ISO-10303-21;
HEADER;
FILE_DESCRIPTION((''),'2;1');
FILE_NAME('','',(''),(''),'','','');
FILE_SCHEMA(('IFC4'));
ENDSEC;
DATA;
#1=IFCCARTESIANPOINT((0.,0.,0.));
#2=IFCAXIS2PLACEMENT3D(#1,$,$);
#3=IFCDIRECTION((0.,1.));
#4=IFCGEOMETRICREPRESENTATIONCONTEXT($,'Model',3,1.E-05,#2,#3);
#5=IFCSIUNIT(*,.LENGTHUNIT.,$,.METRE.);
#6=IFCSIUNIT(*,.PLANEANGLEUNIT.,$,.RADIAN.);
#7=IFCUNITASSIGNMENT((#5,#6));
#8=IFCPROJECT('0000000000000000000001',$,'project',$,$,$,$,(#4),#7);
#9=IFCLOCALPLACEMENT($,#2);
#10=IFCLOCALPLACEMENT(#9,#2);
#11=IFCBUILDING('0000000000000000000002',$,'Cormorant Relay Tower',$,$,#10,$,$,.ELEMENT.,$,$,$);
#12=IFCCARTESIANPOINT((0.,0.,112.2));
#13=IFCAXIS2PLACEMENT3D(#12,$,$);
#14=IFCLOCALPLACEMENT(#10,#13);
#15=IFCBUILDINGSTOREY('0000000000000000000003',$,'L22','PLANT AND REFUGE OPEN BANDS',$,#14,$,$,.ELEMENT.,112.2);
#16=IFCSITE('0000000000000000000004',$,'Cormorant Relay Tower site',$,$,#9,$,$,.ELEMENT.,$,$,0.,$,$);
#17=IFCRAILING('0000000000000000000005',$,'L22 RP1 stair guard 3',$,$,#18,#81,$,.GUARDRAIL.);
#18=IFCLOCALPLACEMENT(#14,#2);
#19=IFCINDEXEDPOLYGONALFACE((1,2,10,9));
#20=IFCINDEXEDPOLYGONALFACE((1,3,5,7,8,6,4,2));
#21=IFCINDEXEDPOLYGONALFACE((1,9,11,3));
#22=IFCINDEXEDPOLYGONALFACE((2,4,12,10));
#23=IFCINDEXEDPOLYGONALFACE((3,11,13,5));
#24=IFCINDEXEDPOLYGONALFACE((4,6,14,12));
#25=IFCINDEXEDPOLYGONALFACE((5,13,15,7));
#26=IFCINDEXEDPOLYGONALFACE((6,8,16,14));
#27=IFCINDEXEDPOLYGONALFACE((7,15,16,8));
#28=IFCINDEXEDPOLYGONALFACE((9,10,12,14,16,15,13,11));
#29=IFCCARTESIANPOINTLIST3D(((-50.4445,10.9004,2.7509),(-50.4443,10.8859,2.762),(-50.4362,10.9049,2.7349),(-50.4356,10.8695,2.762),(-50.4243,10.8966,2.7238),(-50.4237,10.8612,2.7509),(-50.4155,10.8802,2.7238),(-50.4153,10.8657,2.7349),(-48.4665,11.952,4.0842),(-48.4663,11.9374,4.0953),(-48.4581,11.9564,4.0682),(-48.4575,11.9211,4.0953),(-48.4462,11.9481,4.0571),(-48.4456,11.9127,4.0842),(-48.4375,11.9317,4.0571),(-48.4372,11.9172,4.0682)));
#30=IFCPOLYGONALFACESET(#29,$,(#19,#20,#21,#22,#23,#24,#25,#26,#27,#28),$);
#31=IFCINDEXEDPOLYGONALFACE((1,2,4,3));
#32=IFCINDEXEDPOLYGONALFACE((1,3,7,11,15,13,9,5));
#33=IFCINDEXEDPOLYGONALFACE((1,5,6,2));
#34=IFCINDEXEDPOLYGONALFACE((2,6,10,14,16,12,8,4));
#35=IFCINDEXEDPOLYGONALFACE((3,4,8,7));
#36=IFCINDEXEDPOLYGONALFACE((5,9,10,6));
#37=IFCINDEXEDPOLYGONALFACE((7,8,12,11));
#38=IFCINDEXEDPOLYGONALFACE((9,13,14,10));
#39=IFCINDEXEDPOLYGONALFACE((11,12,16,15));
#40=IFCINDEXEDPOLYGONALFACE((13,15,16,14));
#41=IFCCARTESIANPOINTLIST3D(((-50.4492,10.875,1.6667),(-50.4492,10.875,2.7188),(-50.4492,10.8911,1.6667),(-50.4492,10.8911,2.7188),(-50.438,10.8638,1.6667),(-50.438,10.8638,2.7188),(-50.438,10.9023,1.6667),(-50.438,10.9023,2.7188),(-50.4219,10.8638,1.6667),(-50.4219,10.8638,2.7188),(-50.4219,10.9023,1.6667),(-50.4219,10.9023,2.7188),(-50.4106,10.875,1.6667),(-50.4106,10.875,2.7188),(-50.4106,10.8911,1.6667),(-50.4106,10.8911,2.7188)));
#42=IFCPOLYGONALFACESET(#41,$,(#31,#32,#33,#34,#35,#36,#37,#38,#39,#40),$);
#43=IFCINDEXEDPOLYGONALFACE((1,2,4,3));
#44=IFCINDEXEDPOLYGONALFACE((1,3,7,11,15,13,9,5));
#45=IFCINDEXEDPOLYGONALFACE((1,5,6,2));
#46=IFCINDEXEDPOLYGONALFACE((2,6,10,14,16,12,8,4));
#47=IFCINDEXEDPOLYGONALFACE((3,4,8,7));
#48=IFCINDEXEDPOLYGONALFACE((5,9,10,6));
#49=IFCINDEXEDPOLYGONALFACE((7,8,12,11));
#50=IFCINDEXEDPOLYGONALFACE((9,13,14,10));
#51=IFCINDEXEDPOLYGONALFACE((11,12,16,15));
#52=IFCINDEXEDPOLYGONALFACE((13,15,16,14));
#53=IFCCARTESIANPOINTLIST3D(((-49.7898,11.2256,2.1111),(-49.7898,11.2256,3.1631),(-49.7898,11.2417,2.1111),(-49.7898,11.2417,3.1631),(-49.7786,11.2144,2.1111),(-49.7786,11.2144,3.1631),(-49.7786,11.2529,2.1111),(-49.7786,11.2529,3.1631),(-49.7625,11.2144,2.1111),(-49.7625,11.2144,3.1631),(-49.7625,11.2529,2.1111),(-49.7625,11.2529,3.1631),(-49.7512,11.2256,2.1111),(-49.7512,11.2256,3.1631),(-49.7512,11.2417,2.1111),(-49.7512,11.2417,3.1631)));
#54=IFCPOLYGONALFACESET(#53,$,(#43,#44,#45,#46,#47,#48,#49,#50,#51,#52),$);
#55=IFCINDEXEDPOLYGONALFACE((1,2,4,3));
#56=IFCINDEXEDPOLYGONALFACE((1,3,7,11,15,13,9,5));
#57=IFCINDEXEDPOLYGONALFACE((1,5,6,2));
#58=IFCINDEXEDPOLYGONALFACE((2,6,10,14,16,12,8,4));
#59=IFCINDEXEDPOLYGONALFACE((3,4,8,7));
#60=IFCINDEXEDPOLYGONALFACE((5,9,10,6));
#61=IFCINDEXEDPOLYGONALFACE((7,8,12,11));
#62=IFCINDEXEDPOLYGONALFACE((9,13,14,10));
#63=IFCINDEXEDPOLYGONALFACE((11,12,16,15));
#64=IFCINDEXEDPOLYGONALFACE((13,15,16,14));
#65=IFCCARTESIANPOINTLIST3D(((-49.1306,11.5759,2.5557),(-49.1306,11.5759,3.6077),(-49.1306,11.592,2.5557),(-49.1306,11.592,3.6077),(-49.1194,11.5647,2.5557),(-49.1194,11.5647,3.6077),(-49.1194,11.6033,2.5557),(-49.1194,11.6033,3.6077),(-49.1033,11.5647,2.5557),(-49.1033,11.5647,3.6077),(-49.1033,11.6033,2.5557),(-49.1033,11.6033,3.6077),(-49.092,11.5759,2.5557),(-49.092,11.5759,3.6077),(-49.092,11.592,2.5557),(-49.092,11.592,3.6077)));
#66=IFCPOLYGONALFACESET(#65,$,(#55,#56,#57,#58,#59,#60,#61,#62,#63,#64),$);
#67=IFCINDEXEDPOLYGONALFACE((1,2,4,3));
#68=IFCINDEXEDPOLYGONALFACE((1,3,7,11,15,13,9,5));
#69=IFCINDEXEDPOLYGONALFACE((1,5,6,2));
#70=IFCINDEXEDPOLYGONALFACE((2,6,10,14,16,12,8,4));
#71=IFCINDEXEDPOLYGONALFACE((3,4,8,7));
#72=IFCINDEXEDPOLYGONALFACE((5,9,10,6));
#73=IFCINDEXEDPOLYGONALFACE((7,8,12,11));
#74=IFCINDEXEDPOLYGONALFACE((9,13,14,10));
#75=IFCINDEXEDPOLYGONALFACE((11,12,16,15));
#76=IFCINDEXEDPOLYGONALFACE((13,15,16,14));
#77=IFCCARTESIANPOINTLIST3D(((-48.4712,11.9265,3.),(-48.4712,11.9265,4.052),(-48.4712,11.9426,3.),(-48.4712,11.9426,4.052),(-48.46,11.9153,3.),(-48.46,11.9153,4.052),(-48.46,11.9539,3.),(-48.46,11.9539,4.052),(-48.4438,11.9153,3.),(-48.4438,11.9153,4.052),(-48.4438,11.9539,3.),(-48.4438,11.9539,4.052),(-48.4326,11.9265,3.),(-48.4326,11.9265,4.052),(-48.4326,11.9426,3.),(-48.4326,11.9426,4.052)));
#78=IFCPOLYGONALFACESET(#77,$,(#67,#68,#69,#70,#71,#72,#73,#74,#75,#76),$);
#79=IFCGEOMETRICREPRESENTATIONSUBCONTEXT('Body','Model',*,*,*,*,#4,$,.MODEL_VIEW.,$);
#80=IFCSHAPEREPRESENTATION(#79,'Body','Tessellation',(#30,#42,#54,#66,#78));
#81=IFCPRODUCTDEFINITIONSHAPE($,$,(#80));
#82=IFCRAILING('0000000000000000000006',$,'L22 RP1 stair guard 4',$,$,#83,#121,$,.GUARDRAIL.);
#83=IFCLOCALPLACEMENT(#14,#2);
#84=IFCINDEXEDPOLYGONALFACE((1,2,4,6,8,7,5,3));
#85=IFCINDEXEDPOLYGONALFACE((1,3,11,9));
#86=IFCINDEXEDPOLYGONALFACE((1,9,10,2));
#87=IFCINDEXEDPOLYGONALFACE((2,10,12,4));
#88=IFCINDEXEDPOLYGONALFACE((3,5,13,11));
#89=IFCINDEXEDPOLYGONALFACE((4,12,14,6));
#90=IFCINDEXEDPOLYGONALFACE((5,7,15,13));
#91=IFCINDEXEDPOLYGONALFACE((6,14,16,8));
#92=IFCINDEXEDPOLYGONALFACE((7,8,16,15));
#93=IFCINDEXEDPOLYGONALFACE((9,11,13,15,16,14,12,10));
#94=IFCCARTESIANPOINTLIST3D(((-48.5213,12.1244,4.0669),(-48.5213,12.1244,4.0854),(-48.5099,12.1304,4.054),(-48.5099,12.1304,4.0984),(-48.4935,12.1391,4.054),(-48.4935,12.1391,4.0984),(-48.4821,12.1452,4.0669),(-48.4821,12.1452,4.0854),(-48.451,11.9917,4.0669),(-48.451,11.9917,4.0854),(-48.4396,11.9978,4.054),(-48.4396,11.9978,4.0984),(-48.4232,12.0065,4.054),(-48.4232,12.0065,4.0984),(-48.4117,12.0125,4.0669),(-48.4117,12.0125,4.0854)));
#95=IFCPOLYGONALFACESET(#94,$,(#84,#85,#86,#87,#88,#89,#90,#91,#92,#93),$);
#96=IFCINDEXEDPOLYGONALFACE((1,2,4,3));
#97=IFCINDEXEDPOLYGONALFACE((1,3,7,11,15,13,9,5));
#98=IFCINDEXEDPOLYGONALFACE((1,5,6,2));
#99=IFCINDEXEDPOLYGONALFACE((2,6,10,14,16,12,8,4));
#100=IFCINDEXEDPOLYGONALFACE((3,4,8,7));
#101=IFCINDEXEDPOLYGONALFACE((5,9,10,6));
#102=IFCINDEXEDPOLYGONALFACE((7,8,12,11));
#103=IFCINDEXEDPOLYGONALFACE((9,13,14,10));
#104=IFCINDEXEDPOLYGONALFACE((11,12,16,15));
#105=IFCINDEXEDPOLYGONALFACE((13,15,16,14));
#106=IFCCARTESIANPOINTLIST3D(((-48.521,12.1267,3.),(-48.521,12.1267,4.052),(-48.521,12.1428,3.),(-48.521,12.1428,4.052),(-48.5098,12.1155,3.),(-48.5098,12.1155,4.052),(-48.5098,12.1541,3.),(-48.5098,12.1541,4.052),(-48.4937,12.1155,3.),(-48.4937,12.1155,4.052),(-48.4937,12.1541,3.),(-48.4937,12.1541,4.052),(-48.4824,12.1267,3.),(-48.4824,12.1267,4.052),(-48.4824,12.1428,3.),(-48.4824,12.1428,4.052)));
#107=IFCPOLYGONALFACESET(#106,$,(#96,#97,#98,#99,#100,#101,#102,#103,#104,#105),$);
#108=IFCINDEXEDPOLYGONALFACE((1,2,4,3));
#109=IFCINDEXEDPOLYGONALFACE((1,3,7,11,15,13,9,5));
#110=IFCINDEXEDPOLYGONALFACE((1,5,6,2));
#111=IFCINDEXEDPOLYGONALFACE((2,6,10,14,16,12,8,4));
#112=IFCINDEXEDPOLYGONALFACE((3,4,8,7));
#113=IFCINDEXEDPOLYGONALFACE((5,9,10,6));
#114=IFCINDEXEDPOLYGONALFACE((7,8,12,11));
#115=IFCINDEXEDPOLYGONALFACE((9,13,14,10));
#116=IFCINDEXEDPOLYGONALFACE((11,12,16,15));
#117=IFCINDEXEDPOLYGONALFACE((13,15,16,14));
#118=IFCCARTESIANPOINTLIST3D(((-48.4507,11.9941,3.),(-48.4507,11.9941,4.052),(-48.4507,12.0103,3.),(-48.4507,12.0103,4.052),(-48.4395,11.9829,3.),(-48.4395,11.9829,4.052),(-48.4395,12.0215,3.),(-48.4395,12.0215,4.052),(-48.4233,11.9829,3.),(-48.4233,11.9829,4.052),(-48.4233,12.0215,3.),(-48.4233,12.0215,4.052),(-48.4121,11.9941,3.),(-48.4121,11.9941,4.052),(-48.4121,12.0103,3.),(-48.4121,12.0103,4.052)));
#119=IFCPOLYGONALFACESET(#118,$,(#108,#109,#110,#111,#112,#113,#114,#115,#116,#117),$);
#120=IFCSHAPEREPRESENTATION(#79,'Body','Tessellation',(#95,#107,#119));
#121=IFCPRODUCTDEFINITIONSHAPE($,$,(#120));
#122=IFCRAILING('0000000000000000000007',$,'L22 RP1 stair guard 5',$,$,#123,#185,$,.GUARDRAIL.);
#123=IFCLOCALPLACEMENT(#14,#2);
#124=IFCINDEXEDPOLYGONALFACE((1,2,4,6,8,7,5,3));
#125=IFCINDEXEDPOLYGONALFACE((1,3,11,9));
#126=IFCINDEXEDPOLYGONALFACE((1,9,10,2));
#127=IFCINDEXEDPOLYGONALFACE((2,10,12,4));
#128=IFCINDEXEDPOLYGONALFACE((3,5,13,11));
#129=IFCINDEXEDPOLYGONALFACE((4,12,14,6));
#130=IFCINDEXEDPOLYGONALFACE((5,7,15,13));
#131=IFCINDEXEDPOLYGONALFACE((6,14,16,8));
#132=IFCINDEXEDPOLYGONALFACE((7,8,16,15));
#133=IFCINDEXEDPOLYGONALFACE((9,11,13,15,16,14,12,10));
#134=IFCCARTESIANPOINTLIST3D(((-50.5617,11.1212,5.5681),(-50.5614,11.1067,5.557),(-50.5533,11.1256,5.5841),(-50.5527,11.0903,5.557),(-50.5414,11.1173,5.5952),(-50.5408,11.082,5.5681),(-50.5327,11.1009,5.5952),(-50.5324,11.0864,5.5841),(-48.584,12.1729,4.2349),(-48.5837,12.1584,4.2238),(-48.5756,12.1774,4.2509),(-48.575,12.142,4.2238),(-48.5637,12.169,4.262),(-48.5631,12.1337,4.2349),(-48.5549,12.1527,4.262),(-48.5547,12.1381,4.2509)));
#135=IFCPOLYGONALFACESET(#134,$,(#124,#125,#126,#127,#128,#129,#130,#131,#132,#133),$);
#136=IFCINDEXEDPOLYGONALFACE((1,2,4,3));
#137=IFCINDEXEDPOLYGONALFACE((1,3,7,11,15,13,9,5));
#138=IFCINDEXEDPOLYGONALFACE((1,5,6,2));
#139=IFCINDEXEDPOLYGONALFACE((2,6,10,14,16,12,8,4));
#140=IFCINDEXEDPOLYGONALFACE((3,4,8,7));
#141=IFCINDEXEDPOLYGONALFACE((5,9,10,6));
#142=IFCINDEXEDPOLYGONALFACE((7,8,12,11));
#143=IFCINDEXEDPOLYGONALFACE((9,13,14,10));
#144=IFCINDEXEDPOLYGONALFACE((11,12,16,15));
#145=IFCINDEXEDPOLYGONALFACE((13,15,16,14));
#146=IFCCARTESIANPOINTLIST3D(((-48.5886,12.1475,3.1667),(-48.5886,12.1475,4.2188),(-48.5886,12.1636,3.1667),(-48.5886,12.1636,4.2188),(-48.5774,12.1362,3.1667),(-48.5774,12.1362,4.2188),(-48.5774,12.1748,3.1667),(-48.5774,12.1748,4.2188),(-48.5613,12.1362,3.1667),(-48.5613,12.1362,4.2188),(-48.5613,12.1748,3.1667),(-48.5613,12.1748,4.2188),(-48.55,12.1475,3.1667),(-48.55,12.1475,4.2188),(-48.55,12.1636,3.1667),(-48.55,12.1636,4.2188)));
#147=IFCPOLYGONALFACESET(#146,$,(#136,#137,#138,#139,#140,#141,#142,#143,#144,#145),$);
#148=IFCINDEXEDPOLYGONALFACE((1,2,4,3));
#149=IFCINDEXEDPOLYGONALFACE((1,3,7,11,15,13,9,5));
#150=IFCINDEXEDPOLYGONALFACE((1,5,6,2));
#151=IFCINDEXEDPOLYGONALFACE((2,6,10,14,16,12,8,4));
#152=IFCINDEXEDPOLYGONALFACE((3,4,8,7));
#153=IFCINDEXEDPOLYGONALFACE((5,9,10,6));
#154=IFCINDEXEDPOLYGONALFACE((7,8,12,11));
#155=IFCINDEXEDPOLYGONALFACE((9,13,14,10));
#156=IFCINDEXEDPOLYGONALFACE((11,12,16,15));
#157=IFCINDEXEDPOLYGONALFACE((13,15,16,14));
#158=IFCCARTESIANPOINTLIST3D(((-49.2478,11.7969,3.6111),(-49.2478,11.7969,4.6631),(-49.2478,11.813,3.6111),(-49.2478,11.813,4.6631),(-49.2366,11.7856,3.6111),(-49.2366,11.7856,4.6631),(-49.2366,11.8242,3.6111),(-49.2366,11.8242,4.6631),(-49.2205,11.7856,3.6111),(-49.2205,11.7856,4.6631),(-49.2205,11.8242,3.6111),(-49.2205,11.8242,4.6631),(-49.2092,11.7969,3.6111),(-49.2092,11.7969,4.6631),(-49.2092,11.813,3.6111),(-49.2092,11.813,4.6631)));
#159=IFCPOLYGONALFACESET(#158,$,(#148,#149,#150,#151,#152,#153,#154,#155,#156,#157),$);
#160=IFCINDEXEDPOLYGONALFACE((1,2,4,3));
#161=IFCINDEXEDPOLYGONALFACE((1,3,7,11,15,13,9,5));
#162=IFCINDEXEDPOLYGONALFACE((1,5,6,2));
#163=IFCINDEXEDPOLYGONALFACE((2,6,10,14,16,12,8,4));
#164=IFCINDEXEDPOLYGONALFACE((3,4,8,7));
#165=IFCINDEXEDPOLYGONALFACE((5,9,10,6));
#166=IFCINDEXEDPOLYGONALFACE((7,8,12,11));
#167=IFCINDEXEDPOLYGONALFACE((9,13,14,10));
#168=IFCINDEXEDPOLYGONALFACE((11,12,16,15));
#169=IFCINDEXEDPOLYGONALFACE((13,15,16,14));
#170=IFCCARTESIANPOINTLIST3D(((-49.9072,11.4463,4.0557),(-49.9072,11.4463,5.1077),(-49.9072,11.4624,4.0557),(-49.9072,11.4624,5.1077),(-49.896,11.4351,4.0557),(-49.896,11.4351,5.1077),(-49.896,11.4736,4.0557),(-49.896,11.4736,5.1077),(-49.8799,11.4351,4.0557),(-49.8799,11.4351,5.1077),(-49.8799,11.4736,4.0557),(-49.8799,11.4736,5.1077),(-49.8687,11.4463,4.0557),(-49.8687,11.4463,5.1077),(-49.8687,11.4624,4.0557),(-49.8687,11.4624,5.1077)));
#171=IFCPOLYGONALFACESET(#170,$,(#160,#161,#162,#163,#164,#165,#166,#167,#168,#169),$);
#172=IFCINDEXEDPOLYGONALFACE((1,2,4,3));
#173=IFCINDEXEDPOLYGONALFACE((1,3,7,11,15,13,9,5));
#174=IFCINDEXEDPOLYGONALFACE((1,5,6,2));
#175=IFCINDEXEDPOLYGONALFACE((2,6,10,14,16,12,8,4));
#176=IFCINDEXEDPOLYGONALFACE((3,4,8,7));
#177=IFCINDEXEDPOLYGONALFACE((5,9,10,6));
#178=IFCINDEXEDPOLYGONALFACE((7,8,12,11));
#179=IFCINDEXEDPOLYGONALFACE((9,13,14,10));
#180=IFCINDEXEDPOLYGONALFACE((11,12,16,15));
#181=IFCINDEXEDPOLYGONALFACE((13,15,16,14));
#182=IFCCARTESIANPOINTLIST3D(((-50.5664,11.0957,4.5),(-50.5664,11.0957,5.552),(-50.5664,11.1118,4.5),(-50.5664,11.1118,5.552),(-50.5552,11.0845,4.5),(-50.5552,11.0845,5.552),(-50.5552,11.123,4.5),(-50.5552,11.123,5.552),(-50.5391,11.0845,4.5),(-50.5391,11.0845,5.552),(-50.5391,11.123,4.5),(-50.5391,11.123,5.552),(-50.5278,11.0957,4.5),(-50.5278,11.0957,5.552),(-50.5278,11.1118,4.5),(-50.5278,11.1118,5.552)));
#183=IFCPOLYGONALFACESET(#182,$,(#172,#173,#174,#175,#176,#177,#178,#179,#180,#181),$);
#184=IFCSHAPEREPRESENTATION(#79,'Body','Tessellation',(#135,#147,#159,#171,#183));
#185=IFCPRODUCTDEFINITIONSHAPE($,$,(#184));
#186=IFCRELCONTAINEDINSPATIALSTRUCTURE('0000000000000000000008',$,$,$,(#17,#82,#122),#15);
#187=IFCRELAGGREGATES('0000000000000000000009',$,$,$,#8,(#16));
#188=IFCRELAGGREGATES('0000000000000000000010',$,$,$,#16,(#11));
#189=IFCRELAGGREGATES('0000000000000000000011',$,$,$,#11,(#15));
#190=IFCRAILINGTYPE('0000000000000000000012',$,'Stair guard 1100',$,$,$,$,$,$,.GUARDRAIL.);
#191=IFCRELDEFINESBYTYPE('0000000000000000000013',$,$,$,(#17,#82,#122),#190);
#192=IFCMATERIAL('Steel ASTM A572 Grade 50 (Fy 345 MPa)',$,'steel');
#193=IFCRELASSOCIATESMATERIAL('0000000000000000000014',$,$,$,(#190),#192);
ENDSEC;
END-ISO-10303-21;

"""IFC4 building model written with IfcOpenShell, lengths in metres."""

from ifc_helpers import new_model, si_unit, direction, frame, origin, place, context, subcontext, project, spatial, polyline, outline, extrude, material, type_object, element, save


model = new_model("IFC4")

# Units and contexts
model_context = context("Model", 3, precision=1e-05, world=origin(), true_north=direction((0.0, 1.0)))
body_context = subcontext(model_context, "Body", "Model", "MODEL_VIEW")
ifc_project = project(units=[si_unit("LENGTHUNIT", "METRE"), si_unit("PLANEANGLEUNIT", "RADIAN")], contexts=[model_context])

# Site, building, storey
site_placement = place(None, origin())
site = spatial("IfcSite", under=ifc_project, at=site_placement, Name="Cormorant Relay Tower site", CompositionType="ELEMENT", RefElevation=0.0)
building_placement = place(site_placement, origin())
building = spatial("IfcBuilding", under=site, at=building_placement, Name="Cormorant Relay Tower", CompositionType="ELEMENT")
storey_placement = place(building_placement, frame((0.0, 0.0, 112.2)))
storey = spatial("IfcBuildingStorey", under=building, at=storey_placement, Name="L22", Description="PLANT AND REFUGE OPEN BANDS", CompositionType="ELEMENT", Elevation=112.2)

# Railings
ifc_material_1 = material(Name="Steel ASTM A572 Grade 50 (Fy 345 MPa)", Category="steel")
railing_type_1 = type_object("IfcRailingType", Name="Stair guard 1100", PredefinedType="GUARDRAIL", material=ifc_material_1)
railing_1_placement = place(storey_placement, frame((-50.4299, 10.8831, 1.6667)))
element("IfcRailing", 1, at=railing_1_placement, inside=storey, type_object=railing_type_1, Name="L22 RP1 stair guard 3", PredefinedType="GUARDRAIL", context=body_context, shape_type="SweptSolid", body=[
    extrude(outline(polyline([(0.0222, 0.0093), (0.0093, 0.0222), (-0.0093, 0.0222), (-0.0222, 0.0093), (-0.0222, -0.0093), (-0.0093, -0.0222), (0.0093, -0.0222), (0.0222, -0.0093), (0.0222, 0.0093)])), frame((0.0, 0.0, 1.0762), z_axis=(0.758771, 0.403361, 0.511435), x_axis=(-0.469394, 0.882989, 0.0)), (0.0, 0.0, 1.0), 2.6069),
    extrude(outline(polyline([(0.0193, 0.0081), (0.0081, 0.0193), (-0.0081, 0.0193), (-0.0193, 0.0081), (-0.0193, -0.0081), (-0.0081, -0.0193), (0.0081, -0.0193), (0.0193, -0.0081), (0.0193, 0.0081)])), origin(), (0.0, 0.0, 1.0), 1.052),
    extrude(outline(polyline([(0.0193, 0.0081), (0.0081, 0.0193), (-0.0081, 0.0193), (-0.0193, 0.0081), (-0.0193, -0.0081), (-0.0081, -0.0193), (0.0081, -0.0193), (0.0193, -0.0081), (0.0193, 0.0081)])), frame((0.6594, 0.3506, 0.4443)), (0.0, 0.0, 1.0), 1.052),
    extrude(outline(polyline([(0.0193, 0.0081), (0.0081, 0.0193), (-0.0081, 0.0193), (-0.0193, 0.0081), (-0.0193, -0.0081), (-0.0081, -0.0193), (0.0081, -0.0193), (0.0193, -0.0081), (0.0193, 0.0081)])), frame((1.3186, 0.7009, 0.8889)), (0.0, 0.0, 1.0), 1.052),
    extrude(outline(polyline([(0.0193, 0.0081), (0.0081, 0.0193), (-0.0081, 0.0193), (-0.0193, 0.0081), (-0.0193, -0.0081), (-0.0081, -0.0193), (0.0081, -0.0193), (0.0193, -0.0081), (0.0193, 0.0081)])), frame((1.978, 1.0515, 1.3333)), (0.0, 0.0, 1.0), 1.052),
])
railing_2_placement = place(storey_placement, frame((-48.5017, 12.1348, 3.0)))
element("IfcRailing", 2, at=railing_2_placement, inside=storey, type_object=railing_type_1, Name="L22 RP1 stair guard 4", PredefinedType="GUARDRAIL", context=body_context, shape_type="SweptSolid", body=[
    extrude(outline(polyline([(0.0222, 0.0093), (0.0093, 0.0222), (-0.0093, 0.0222), (-0.0222, 0.0093), (-0.0222, -0.0093), (-0.0093, -0.0222), (0.0093, -0.0222), (0.0222, -0.0093), (0.0222, 0.0093)])), frame((0.0, 0.0, 1.0762), z_axis=(0.46856, -0.883431, 0.0), x_axis=(0.883431, 0.46856, 0.0)), (0.0, 0.0, 1.0), 0.1501),
    extrude(outline(polyline([(0.0193, 0.0081), (0.0081, 0.0193), (-0.0081, 0.0193), (-0.0193, 0.0081), (-0.0193, -0.0081), (-0.0081, -0.0193), (0.0081, -0.0193), (0.0193, -0.0081), (0.0193, 0.0081)])), origin(), (0.0, 0.0, 1.0), 1.052),
    extrude(outline(polyline([(0.0193, 0.0081), (0.0081, 0.0193), (-0.0081, 0.0193), (-0.0193, 0.0081), (-0.0193, -0.0081), (-0.0081, -0.0193), (0.0081, -0.0193), (0.0193, -0.0081), (0.0193, 0.0081)])), frame((0.0703, -0.1326, 0.0)), (0.0, 0.0, 1.0), 1.052),
])
railing_3_placement = place(storey_placement, frame((-48.5693, 12.1555, 3.1667)))
element("IfcRailing", 3, at=railing_3_placement, inside=storey, type_object=railing_type_1, Name="L22 RP1 stair guard 5", PredefinedType="GUARDRAIL", context=body_context, shape_type="SweptSolid", body=[
    extrude(outline(polyline([(0.0222, 0.0093), (0.0093, 0.0222), (-0.0093, 0.0222), (-0.0222, 0.0093), (-0.0222, -0.0093), (-0.0093, -0.0222), (0.0093, -0.0222), (0.0222, -0.0093), (0.0222, 0.0093)])), frame((0.0, 0.0, 1.0762), z_axis=(-0.758703, -0.403468, 0.511452), x_axis=(0.469524, -0.882919, 0.0)), (0.0, 0.0, 1.0), 2.6067),
    extrude(outline(polyline([(0.0193, 0.0081), (0.0081, 0.0193), (-0.0081, 0.0193), (-0.0193, 0.0081), (-0.0193, -0.0081), (-0.0081, -0.0193), (0.0081, -0.0193), (0.0193, -0.0081), (0.0193, 0.0081)])), origin(), (0.0, 0.0, 1.0), 1.052),
    extrude(outline(polyline([(0.0193, 0.0081), (0.0081, 0.0193), (-0.0081, 0.0193), (-0.0193, 0.0081), (-0.0193, -0.0081), (-0.0081, -0.0193), (0.0081, -0.0193), (0.0193, -0.0081), (0.0193, 0.0081)])), frame((-0.6592, -0.3506, 0.4443)), (0.0, 0.0, 1.0), 1.052),
    extrude(outline(polyline([(0.0193, 0.0081), (0.0081, 0.0193), (-0.0081, 0.0193), (-0.0193, 0.0081), (-0.0193, -0.0081), (-0.0081, -0.0193), (0.0081, -0.0193), (0.0193, -0.0081), (0.0193, 0.0081)])), frame((-1.3186, -0.7012, 0.8889)), (0.0, 0.0, 1.0), 1.052),
    extrude(outline(polyline([(0.0193, 0.0081), (0.0081, 0.0193), (-0.0081, 0.0193), (-0.0193, 0.0081), (-0.0193, -0.0081), (-0.0081, -0.0193), (0.0081, -0.0193), (0.0193, -0.0081), (0.0193, 0.0081)])), frame((-1.9778, -1.0518, 1.3333)), (0.0, 0.0, 1.0), 1.052),
])

save(model, "model.ifc")
